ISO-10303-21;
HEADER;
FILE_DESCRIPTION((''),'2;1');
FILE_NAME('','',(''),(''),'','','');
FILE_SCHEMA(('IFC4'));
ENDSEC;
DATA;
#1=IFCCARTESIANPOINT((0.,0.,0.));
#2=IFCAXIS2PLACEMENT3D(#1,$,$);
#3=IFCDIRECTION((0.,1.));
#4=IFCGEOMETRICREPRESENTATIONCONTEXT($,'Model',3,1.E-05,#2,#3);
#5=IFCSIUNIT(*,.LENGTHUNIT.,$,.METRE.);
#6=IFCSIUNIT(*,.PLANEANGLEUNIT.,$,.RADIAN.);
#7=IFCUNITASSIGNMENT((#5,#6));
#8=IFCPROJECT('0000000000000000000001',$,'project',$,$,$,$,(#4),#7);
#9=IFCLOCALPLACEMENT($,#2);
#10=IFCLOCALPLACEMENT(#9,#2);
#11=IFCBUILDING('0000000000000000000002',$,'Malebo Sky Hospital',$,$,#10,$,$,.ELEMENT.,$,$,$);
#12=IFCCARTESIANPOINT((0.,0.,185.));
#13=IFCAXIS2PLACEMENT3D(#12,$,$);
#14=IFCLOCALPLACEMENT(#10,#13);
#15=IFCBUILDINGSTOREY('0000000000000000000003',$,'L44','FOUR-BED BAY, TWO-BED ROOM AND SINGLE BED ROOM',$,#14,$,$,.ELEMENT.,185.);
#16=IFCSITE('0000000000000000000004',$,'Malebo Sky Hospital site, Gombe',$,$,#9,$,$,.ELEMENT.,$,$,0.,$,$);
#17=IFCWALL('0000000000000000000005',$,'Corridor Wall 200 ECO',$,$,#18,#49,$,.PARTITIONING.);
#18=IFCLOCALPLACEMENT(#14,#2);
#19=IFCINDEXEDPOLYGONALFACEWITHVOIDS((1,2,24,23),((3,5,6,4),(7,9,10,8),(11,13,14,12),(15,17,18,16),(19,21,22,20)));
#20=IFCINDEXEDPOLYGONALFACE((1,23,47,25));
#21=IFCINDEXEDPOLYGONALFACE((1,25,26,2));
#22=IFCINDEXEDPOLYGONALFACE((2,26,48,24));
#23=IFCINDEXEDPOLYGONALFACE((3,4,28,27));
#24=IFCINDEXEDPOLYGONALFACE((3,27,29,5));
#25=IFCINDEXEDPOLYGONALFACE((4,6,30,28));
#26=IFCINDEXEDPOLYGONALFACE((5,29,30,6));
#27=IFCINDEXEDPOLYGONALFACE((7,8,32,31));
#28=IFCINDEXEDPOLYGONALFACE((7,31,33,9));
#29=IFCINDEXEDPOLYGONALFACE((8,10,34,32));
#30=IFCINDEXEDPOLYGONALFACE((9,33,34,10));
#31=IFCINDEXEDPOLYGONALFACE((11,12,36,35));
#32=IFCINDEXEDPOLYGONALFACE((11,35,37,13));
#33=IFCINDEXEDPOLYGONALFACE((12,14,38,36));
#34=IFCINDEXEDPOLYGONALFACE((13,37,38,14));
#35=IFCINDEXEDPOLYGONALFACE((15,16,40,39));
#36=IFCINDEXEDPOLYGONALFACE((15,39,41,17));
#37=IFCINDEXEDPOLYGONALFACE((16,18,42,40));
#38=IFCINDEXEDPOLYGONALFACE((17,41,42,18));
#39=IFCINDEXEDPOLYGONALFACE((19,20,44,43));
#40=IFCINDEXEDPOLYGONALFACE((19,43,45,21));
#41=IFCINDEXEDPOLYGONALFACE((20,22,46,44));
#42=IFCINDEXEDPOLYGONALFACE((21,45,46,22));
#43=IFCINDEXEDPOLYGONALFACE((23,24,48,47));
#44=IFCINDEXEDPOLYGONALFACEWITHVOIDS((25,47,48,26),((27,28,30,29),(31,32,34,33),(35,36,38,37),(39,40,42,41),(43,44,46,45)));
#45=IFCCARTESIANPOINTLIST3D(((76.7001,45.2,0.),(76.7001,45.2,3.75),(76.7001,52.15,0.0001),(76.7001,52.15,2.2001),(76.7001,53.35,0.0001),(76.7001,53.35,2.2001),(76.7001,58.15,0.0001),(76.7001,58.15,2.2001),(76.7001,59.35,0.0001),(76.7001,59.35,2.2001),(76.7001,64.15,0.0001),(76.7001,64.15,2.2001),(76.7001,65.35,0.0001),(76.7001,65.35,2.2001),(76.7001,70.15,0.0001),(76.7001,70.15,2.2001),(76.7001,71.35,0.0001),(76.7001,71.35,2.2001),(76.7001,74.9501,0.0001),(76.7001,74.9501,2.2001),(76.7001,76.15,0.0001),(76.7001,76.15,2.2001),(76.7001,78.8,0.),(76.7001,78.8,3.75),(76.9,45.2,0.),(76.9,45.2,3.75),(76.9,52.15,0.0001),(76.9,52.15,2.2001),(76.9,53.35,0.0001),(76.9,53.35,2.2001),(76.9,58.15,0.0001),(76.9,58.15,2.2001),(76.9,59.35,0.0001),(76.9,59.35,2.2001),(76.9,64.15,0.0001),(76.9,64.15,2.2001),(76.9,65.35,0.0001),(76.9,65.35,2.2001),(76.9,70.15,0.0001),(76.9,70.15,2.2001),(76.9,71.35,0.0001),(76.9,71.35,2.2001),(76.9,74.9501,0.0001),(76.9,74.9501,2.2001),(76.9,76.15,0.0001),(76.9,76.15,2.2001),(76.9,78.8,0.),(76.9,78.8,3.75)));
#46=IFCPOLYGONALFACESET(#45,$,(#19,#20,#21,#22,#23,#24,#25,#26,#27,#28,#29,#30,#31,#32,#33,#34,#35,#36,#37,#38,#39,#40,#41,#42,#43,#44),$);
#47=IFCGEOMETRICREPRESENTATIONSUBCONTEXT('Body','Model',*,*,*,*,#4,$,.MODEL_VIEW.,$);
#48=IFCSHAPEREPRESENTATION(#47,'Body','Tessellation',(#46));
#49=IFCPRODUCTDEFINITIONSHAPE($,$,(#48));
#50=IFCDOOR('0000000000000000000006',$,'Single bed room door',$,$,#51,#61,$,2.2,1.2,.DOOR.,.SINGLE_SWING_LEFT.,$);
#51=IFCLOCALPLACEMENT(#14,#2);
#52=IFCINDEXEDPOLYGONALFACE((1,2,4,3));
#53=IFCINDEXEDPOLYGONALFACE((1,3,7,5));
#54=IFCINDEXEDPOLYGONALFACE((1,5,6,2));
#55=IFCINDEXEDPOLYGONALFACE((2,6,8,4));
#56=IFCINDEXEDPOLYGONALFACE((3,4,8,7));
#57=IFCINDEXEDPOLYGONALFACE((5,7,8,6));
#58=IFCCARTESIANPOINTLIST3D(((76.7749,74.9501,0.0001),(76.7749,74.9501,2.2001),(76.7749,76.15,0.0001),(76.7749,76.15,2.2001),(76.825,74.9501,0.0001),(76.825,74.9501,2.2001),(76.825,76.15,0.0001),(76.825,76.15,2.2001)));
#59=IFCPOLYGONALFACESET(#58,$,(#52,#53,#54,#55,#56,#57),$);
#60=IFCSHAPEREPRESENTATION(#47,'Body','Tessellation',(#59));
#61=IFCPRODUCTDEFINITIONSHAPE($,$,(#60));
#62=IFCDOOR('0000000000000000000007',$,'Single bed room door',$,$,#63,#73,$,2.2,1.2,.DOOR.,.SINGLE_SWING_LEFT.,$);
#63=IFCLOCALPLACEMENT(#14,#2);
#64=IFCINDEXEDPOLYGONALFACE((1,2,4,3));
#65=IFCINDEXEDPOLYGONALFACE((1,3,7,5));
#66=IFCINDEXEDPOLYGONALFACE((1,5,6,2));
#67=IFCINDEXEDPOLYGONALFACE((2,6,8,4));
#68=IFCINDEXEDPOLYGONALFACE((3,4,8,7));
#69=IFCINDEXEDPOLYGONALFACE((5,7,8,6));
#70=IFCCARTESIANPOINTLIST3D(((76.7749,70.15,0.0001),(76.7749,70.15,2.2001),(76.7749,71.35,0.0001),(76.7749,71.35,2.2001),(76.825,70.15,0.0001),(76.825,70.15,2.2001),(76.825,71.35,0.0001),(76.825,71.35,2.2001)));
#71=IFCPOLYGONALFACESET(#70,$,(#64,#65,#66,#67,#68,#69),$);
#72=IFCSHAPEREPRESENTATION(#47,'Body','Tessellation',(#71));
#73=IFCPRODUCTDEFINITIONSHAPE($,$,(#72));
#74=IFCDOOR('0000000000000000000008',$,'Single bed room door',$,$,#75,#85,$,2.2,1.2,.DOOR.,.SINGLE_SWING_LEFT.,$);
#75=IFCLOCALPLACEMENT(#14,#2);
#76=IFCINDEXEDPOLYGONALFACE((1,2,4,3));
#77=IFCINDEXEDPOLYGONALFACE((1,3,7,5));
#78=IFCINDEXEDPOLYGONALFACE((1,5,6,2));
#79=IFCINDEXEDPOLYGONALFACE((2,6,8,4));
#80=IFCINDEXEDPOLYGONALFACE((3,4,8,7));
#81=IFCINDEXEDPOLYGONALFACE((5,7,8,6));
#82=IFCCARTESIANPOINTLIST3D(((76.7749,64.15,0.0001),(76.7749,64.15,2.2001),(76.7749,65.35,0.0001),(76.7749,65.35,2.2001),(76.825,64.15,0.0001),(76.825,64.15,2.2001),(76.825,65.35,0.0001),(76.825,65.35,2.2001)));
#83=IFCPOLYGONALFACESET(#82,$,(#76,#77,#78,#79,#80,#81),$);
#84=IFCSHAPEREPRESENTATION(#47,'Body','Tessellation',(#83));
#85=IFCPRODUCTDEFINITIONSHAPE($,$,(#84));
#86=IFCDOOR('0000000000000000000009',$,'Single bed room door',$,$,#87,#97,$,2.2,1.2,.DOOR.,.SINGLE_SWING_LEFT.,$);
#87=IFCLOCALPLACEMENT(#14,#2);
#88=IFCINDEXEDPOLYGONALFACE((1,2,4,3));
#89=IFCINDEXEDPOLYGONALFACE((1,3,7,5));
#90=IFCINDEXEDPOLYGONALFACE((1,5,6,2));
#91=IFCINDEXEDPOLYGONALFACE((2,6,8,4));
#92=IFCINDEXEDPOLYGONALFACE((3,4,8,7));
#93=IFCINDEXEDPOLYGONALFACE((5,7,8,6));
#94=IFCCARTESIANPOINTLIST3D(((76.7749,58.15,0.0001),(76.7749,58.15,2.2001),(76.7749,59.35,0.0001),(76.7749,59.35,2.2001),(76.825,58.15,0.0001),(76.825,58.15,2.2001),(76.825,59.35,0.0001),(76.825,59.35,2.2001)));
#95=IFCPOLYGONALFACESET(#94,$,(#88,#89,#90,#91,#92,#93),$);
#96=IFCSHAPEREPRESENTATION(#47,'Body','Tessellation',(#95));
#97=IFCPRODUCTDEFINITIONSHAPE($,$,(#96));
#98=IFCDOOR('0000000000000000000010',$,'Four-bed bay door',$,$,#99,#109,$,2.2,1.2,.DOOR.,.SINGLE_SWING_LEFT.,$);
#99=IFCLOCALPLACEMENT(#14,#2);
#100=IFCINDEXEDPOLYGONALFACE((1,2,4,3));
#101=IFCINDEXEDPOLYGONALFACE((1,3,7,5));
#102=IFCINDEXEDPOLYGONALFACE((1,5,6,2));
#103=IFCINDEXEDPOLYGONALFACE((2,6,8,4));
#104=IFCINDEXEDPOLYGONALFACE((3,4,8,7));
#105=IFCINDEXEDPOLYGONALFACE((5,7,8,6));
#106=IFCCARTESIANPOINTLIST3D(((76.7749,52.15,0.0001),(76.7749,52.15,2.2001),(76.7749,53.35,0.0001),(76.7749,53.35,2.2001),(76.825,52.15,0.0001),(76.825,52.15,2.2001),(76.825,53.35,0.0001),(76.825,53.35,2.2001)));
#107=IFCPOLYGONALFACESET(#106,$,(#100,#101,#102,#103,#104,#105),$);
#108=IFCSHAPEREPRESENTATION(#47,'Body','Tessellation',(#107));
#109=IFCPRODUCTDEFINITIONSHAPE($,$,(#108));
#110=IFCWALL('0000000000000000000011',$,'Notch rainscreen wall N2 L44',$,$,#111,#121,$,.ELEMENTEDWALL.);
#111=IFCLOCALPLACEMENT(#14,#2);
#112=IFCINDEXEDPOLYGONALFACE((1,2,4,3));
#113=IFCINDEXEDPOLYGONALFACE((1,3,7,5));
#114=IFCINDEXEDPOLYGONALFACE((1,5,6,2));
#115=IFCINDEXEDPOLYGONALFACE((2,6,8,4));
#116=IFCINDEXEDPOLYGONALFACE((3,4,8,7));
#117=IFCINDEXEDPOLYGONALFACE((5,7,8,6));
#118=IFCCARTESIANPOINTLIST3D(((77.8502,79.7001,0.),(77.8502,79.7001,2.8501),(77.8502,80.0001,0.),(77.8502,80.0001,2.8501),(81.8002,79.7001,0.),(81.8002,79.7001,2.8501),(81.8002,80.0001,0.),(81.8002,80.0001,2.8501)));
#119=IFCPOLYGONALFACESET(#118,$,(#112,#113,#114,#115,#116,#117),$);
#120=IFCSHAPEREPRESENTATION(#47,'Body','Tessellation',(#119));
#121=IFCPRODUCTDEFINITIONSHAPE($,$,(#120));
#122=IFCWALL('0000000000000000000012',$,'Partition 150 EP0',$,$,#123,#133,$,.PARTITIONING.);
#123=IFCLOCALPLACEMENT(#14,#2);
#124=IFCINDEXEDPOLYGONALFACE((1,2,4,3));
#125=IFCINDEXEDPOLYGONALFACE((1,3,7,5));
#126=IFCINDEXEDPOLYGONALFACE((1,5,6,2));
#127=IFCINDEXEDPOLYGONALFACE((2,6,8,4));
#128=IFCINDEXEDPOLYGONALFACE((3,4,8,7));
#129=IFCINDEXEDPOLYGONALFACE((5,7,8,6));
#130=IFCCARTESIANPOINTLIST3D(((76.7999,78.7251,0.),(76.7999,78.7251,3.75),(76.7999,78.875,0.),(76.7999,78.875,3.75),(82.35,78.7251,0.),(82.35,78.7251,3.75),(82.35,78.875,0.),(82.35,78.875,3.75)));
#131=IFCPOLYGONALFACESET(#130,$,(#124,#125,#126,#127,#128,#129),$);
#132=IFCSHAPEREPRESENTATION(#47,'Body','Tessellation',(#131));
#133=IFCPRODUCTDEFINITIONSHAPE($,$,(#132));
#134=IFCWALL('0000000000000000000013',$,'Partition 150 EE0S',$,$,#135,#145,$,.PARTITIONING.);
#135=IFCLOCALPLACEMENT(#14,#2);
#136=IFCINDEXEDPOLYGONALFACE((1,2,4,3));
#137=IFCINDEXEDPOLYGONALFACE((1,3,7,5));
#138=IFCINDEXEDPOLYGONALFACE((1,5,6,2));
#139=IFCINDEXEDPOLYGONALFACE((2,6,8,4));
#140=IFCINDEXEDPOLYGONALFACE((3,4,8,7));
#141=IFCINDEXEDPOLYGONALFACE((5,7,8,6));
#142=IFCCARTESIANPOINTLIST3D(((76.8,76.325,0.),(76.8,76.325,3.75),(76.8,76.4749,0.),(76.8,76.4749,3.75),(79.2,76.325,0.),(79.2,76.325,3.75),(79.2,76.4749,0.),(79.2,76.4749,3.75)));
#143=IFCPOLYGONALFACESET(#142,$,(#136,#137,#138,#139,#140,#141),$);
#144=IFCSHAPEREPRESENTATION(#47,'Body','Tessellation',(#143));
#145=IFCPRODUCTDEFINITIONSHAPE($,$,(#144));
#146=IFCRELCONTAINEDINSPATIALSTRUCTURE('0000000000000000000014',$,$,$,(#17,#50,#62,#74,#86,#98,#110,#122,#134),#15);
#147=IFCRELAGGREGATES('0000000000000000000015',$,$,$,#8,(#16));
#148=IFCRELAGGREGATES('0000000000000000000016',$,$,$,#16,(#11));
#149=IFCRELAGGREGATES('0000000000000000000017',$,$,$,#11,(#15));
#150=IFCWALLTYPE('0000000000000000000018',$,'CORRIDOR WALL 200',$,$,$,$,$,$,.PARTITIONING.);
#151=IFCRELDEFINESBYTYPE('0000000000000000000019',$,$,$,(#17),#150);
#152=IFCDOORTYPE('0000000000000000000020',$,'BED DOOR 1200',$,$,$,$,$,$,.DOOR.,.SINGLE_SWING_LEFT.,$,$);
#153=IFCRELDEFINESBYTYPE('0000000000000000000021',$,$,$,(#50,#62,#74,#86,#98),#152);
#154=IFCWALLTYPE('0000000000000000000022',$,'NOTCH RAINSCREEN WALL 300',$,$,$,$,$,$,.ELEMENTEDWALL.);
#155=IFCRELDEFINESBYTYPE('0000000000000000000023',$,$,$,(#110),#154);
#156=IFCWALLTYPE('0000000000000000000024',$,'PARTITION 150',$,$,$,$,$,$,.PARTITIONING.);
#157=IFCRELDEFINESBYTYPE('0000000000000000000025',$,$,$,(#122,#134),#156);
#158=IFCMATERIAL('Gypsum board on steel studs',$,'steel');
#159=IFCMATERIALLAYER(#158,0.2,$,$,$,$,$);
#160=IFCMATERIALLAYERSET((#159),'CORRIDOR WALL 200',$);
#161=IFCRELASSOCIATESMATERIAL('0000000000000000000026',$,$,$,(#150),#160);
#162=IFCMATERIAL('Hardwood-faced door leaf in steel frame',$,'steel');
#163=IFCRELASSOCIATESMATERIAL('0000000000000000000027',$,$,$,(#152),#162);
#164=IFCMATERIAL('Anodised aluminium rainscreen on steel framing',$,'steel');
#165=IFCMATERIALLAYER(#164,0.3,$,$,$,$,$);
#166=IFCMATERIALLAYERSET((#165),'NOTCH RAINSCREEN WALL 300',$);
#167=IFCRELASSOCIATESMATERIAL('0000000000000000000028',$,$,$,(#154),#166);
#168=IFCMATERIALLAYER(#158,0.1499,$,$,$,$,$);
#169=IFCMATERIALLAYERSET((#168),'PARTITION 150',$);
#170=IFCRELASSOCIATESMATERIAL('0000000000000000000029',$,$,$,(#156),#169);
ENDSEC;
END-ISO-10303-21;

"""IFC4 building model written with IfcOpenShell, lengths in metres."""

from ifc_helpers import new_model, si_unit, direction, frame, frame_2d, origin, place, context, subcontext, project, spatial, rectangle, extrude, material, layer, layer_set, type_object, element, fill, save


model = new_model("IFC4")

# Units and contexts
model_context = context("Model", 3, precision=1e-05, world=origin(), true_north=direction((0.0, 1.0)))
body_context = subcontext(model_context, "Body", "Model", "MODEL_VIEW")
ifc_project = project(units=[si_unit("LENGTHUNIT", "METRE"), si_unit("PLANEANGLEUNIT", "RADIAN")], contexts=[model_context])

# Site, building, storey
site_placement = place(None, origin())
site = spatial("IfcSite", under=ifc_project, at=site_placement, Name="Malebo Sky Hospital site, Gombe", CompositionType="ELEMENT", RefElevation=0.0)
building_placement = place(site_placement, origin())
building = spatial("IfcBuilding", under=site, at=building_placement, Name="Malebo Sky Hospital", CompositionType="ELEMENT")
storey_placement = place(building_placement, frame((0.0, 0.0, 185.0)))
storey = spatial("IfcBuildingStorey", under=building, at=storey_placement, Name="L44", Description="FOUR-BED BAY, TWO-BED ROOM AND SINGLE BED ROOM", CompositionType="ELEMENT", Elevation=185.0)

# Wall, openings, doors
ifc_material_1 = material(Name="Gypsum board on steel studs", Category="steel")
ifc_layer_1 = layer(ifc_material_1, 0.2)
ifc_layer_set_1 = layer_set([ifc_layer_1], Name="CORRIDOR WALL 200")
wall_type_1 = type_object("IfcWallType", Name="CORRIDOR WALL 200", PredefinedType="PARTITIONING", material=ifc_layer_set_1)
wall_1_placement = place(storey_placement, frame((76.8, 78.8, 0.0), z_axis=(0.0, 0.0, 1.0), x_axis=(0.0, -1.0, 0.0)))
wall_1 = element("IfcWall", 1, at=wall_1_placement, inside=storey, type_object=wall_type_1, Name="Corridor Wall 200 ECO", PredefinedType="PARTITIONING", context=body_context, shape_type="SweptSolid", body=[
    extrude(rectangle(XDim=33.6001, YDim=0.2, at=frame_2d((16.8, 0.0))), origin(), (0.0, 0.0, 1.0), 3.75),
])
opening_1_placement = place(wall_1_placement, frame((2.6499, 0.0, 0.0)))
opening_1 = element("IfcOpeningElement", 2, at=opening_1_placement, cuts=wall_1, PredefinedType="OPENING", context=body_context, shape_type="SweptSolid", body=[
    extrude(rectangle(XDim=1.2, YDim=2.2, at=frame_2d((0.6001, 1.1001))), frame((0.0, 0.1099, 0.0), z_axis=(0.0, -1.0, 0.0), x_axis=(1.0, 0.0, 0.0)), (0.0, 0.0, 1.0), 0.22),
])
opening_2_placement = place(wall_1_placement, frame((7.45, 0.0, 0.0)))
opening_2 = element("IfcOpeningElement", 3, at=opening_2_placement, cuts=wall_1, PredefinedType="OPENING", context=body_context, shape_type="SweptSolid", body=[
    extrude(rectangle(XDim=1.2, YDim=2.2, at=frame_2d((0.6001, 1.1001))), frame((0.0, 0.1099, 0.0), z_axis=(0.0, -1.0, 0.0), x_axis=(1.0, 0.0, 0.0)), (0.0, 0.0, 1.0), 0.22),
])
opening_3_placement = place(wall_1_placement, frame((13.45, 0.0, 0.0)))
opening_3 = element("IfcOpeningElement", 4, at=opening_3_placement, cuts=wall_1, PredefinedType="OPENING", context=body_context, shape_type="SweptSolid", body=[
    extrude(rectangle(XDim=1.2, YDim=2.2, at=frame_2d((0.6001, 1.1001))), frame((0.0, 0.1099, 0.0), z_axis=(0.0, -1.0, 0.0), x_axis=(1.0, 0.0, 0.0)), (0.0, 0.0, 1.0), 0.22),
])
opening_4_placement = place(wall_1_placement, frame((19.45, 0.0, 0.0)))
opening_4 = element("IfcOpeningElement", 5, at=opening_4_placement, cuts=wall_1, PredefinedType="OPENING", context=body_context, shape_type="SweptSolid", body=[
    extrude(rectangle(XDim=1.2, YDim=2.2, at=frame_2d((0.6001, 1.1001))), frame((0.0, 0.1099, 0.0), z_axis=(0.0, -1.0, 0.0), x_axis=(1.0, 0.0, 0.0)), (0.0, 0.0, 1.0), 0.22),
])
opening_5_placement = place(wall_1_placement, frame((25.45, 0.0, 0.0)))
opening_5 = element("IfcOpeningElement", 6, at=opening_5_placement, cuts=wall_1, PredefinedType="OPENING", context=body_context, shape_type="SweptSolid", body=[
    extrude(rectangle(XDim=1.2, YDim=2.2, at=frame_2d((0.6001, 1.1001))), frame((0.0, 0.1099, 0.0), z_axis=(0.0, -1.0, 0.0), x_axis=(1.0, 0.0, 0.0)), (0.0, 0.0, 1.0), 0.22),
])
ifc_material_2 = material(Name="Hardwood-faced door leaf in steel frame", Category="steel")
door_type = type_object("IfcDoorType", Name="BED DOOR 1200", OperationType="SINGLE_SWING_LEFT", PredefinedType="DOOR", material=ifc_material_2)
door_1_placement = place(opening_1_placement, origin())
door_1 = element("IfcDoor", 7, at=door_1_placement, inside=storey, type_object=door_type, Name="Single bed room door", OperationType="SINGLE_SWING_LEFT", OverallHeight=2.2, OverallWidth=1.2, PredefinedType="DOOR", context=body_context, shape_type="SweptSolid", body=[
    extrude(rectangle(XDim=1.2, YDim=2.2, at=frame_2d((0.6001, 1.1001))), frame((0.0, 0.0249, 0.0), z_axis=(0.0, -1.0, 0.0), x_axis=(1.0, 0.0, 0.0)), (0.0, 0.0, 1.0), 0.05),
])
fill(opening_1, door_1)
door_2_placement = place(opening_2_placement, origin())
door_2 = element("IfcDoor", 8, at=door_2_placement, inside=storey, type_object=door_type, Name="Single bed room door", OperationType="SINGLE_SWING_LEFT", OverallHeight=2.2, OverallWidth=1.2, PredefinedType="DOOR", context=body_context, shape_type="SweptSolid", body=[
    extrude(rectangle(XDim=1.2, YDim=2.2, at=frame_2d((0.6001, 1.1001))), frame((0.0, 0.0249, 0.0), z_axis=(0.0, -1.0, 0.0), x_axis=(1.0, 0.0, 0.0)), (0.0, 0.0, 1.0), 0.05),
])
fill(opening_2, door_2)
door_3_placement = place(opening_3_placement, origin())
door_3 = element("IfcDoor", 9, at=door_3_placement, inside=storey, type_object=door_type, Name="Single bed room door", OperationType="SINGLE_SWING_LEFT", OverallHeight=2.2, OverallWidth=1.2, PredefinedType="DOOR", context=body_context, shape_type="SweptSolid", body=[
    extrude(rectangle(XDim=1.2, YDim=2.2, at=frame_2d((0.6001, 1.1001))), frame((0.0, 0.0249, 0.0), z_axis=(0.0, -1.0, 0.0), x_axis=(1.0, 0.0, 0.0)), (0.0, 0.0, 1.0), 0.05),
])
fill(opening_3, door_3)
door_4_placement = place(opening_4_placement, origin())
door_4 = element("IfcDoor", 10, at=door_4_placement, inside=storey, type_object=door_type, Name="Single bed room door", OperationType="SINGLE_SWING_LEFT", OverallHeight=2.2, OverallWidth=1.2, PredefinedType="DOOR", context=body_context, shape_type="SweptSolid", body=[
    extrude(rectangle(XDim=1.2, YDim=2.2, at=frame_2d((0.6001, 1.1001))), frame((0.0, 0.0249, 0.0), z_axis=(0.0, -1.0, 0.0), x_axis=(1.0, 0.0, 0.0)), (0.0, 0.0, 1.0), 0.05),
])
fill(opening_4, door_4)
door_5_placement = place(opening_5_placement, origin())
door_5 = element("IfcDoor", 11, at=door_5_placement, inside=storey, type_object=door_type, Name="Four-bed bay door", OperationType="SINGLE_SWING_LEFT", OverallHeight=2.2, OverallWidth=1.2, PredefinedType="DOOR", context=body_context, shape_type="SweptSolid", body=[
    extrude(rectangle(XDim=1.2, YDim=2.2, at=frame_2d((0.6001, 1.1001))), frame((0.0, 0.0249, 0.0), z_axis=(0.0, -1.0, 0.0), x_axis=(1.0, 0.0, 0.0)), (0.0, 0.0, 1.0), 0.05),
])
fill(opening_5, door_5)

# Walls
ifc_material_3 = material(Name="Anodised aluminium rainscreen on steel framing", Category="steel")
ifc_layer_2 = layer(ifc_material_3, 0.3)
ifc_layer_set_2 = layer_set([ifc_layer_2], Name="NOTCH RAINSCREEN WALL 300")
wall_type_2 = type_object("IfcWallType", Name="NOTCH RAINSCREEN WALL 300", PredefinedType="ELEMENTEDWALL", material=ifc_layer_set_2)
wall_2_placement = place(storey_placement, frame((77.8501, 79.8501, 0.0), z_axis=(0.0, 0.0, 1.0), x_axis=(1.0, 0.0, 0.0)))
element("IfcWall", 12, at=wall_2_placement, inside=storey, type_object=wall_type_2, Name="Notch rainscreen wall N2 L44", PredefinedType="ELEMENTEDWALL", context=body_context, shape_type="SweptSolid", body=[
    extrude(rectangle(XDim=3.95, YDim=0.3, at=frame_2d((1.9751, 0.0))), origin(), (0.0, 0.0, 1.0), 2.8501),
])
ifc_layer_3 = layer(ifc_material_1, 0.1499)
ifc_layer_set_3 = layer_set([ifc_layer_3], Name="PARTITION 150")
wall_type_3 = type_object("IfcWallType", Name="PARTITION 150", PredefinedType="PARTITIONING", material=ifc_layer_set_3)
wall_3_placement = place(storey_placement, frame((76.8, 78.8, 0.0), z_axis=(0.0, 0.0, 1.0), x_axis=(1.0, 0.0, 0.0)))
element("IfcWall", 13, at=wall_3_placement, inside=storey, type_object=wall_type_3, Name="Partition 150 EP0", PredefinedType="PARTITIONING", context=body_context, shape_type="SweptSolid", body=[
    extrude(rectangle(XDim=5.55, YDim=0.1499, at=frame_2d((2.7749, 0.0))), origin(), (0.0, 0.0, 1.0), 3.75),
])
wall_4_placement = place(storey_placement, frame((76.8, 76.3999, 0.0), z_axis=(0.0, 0.0, 1.0), x_axis=(1.0, 0.0, 0.0)))
element("IfcWall", 14, at=wall_4_placement, inside=storey, type_object=wall_type_3, Name="Partition 150 EE0S", PredefinedType="PARTITIONING", context=body_context, shape_type="SweptSolid", body=[
    extrude(rectangle(XDim=2.3999, YDim=0.1499, at=frame_2d((1.2, 0.0))), origin(), (0.0, 0.0, 1.0), 3.75),
])

save(model, "model.ifc")
